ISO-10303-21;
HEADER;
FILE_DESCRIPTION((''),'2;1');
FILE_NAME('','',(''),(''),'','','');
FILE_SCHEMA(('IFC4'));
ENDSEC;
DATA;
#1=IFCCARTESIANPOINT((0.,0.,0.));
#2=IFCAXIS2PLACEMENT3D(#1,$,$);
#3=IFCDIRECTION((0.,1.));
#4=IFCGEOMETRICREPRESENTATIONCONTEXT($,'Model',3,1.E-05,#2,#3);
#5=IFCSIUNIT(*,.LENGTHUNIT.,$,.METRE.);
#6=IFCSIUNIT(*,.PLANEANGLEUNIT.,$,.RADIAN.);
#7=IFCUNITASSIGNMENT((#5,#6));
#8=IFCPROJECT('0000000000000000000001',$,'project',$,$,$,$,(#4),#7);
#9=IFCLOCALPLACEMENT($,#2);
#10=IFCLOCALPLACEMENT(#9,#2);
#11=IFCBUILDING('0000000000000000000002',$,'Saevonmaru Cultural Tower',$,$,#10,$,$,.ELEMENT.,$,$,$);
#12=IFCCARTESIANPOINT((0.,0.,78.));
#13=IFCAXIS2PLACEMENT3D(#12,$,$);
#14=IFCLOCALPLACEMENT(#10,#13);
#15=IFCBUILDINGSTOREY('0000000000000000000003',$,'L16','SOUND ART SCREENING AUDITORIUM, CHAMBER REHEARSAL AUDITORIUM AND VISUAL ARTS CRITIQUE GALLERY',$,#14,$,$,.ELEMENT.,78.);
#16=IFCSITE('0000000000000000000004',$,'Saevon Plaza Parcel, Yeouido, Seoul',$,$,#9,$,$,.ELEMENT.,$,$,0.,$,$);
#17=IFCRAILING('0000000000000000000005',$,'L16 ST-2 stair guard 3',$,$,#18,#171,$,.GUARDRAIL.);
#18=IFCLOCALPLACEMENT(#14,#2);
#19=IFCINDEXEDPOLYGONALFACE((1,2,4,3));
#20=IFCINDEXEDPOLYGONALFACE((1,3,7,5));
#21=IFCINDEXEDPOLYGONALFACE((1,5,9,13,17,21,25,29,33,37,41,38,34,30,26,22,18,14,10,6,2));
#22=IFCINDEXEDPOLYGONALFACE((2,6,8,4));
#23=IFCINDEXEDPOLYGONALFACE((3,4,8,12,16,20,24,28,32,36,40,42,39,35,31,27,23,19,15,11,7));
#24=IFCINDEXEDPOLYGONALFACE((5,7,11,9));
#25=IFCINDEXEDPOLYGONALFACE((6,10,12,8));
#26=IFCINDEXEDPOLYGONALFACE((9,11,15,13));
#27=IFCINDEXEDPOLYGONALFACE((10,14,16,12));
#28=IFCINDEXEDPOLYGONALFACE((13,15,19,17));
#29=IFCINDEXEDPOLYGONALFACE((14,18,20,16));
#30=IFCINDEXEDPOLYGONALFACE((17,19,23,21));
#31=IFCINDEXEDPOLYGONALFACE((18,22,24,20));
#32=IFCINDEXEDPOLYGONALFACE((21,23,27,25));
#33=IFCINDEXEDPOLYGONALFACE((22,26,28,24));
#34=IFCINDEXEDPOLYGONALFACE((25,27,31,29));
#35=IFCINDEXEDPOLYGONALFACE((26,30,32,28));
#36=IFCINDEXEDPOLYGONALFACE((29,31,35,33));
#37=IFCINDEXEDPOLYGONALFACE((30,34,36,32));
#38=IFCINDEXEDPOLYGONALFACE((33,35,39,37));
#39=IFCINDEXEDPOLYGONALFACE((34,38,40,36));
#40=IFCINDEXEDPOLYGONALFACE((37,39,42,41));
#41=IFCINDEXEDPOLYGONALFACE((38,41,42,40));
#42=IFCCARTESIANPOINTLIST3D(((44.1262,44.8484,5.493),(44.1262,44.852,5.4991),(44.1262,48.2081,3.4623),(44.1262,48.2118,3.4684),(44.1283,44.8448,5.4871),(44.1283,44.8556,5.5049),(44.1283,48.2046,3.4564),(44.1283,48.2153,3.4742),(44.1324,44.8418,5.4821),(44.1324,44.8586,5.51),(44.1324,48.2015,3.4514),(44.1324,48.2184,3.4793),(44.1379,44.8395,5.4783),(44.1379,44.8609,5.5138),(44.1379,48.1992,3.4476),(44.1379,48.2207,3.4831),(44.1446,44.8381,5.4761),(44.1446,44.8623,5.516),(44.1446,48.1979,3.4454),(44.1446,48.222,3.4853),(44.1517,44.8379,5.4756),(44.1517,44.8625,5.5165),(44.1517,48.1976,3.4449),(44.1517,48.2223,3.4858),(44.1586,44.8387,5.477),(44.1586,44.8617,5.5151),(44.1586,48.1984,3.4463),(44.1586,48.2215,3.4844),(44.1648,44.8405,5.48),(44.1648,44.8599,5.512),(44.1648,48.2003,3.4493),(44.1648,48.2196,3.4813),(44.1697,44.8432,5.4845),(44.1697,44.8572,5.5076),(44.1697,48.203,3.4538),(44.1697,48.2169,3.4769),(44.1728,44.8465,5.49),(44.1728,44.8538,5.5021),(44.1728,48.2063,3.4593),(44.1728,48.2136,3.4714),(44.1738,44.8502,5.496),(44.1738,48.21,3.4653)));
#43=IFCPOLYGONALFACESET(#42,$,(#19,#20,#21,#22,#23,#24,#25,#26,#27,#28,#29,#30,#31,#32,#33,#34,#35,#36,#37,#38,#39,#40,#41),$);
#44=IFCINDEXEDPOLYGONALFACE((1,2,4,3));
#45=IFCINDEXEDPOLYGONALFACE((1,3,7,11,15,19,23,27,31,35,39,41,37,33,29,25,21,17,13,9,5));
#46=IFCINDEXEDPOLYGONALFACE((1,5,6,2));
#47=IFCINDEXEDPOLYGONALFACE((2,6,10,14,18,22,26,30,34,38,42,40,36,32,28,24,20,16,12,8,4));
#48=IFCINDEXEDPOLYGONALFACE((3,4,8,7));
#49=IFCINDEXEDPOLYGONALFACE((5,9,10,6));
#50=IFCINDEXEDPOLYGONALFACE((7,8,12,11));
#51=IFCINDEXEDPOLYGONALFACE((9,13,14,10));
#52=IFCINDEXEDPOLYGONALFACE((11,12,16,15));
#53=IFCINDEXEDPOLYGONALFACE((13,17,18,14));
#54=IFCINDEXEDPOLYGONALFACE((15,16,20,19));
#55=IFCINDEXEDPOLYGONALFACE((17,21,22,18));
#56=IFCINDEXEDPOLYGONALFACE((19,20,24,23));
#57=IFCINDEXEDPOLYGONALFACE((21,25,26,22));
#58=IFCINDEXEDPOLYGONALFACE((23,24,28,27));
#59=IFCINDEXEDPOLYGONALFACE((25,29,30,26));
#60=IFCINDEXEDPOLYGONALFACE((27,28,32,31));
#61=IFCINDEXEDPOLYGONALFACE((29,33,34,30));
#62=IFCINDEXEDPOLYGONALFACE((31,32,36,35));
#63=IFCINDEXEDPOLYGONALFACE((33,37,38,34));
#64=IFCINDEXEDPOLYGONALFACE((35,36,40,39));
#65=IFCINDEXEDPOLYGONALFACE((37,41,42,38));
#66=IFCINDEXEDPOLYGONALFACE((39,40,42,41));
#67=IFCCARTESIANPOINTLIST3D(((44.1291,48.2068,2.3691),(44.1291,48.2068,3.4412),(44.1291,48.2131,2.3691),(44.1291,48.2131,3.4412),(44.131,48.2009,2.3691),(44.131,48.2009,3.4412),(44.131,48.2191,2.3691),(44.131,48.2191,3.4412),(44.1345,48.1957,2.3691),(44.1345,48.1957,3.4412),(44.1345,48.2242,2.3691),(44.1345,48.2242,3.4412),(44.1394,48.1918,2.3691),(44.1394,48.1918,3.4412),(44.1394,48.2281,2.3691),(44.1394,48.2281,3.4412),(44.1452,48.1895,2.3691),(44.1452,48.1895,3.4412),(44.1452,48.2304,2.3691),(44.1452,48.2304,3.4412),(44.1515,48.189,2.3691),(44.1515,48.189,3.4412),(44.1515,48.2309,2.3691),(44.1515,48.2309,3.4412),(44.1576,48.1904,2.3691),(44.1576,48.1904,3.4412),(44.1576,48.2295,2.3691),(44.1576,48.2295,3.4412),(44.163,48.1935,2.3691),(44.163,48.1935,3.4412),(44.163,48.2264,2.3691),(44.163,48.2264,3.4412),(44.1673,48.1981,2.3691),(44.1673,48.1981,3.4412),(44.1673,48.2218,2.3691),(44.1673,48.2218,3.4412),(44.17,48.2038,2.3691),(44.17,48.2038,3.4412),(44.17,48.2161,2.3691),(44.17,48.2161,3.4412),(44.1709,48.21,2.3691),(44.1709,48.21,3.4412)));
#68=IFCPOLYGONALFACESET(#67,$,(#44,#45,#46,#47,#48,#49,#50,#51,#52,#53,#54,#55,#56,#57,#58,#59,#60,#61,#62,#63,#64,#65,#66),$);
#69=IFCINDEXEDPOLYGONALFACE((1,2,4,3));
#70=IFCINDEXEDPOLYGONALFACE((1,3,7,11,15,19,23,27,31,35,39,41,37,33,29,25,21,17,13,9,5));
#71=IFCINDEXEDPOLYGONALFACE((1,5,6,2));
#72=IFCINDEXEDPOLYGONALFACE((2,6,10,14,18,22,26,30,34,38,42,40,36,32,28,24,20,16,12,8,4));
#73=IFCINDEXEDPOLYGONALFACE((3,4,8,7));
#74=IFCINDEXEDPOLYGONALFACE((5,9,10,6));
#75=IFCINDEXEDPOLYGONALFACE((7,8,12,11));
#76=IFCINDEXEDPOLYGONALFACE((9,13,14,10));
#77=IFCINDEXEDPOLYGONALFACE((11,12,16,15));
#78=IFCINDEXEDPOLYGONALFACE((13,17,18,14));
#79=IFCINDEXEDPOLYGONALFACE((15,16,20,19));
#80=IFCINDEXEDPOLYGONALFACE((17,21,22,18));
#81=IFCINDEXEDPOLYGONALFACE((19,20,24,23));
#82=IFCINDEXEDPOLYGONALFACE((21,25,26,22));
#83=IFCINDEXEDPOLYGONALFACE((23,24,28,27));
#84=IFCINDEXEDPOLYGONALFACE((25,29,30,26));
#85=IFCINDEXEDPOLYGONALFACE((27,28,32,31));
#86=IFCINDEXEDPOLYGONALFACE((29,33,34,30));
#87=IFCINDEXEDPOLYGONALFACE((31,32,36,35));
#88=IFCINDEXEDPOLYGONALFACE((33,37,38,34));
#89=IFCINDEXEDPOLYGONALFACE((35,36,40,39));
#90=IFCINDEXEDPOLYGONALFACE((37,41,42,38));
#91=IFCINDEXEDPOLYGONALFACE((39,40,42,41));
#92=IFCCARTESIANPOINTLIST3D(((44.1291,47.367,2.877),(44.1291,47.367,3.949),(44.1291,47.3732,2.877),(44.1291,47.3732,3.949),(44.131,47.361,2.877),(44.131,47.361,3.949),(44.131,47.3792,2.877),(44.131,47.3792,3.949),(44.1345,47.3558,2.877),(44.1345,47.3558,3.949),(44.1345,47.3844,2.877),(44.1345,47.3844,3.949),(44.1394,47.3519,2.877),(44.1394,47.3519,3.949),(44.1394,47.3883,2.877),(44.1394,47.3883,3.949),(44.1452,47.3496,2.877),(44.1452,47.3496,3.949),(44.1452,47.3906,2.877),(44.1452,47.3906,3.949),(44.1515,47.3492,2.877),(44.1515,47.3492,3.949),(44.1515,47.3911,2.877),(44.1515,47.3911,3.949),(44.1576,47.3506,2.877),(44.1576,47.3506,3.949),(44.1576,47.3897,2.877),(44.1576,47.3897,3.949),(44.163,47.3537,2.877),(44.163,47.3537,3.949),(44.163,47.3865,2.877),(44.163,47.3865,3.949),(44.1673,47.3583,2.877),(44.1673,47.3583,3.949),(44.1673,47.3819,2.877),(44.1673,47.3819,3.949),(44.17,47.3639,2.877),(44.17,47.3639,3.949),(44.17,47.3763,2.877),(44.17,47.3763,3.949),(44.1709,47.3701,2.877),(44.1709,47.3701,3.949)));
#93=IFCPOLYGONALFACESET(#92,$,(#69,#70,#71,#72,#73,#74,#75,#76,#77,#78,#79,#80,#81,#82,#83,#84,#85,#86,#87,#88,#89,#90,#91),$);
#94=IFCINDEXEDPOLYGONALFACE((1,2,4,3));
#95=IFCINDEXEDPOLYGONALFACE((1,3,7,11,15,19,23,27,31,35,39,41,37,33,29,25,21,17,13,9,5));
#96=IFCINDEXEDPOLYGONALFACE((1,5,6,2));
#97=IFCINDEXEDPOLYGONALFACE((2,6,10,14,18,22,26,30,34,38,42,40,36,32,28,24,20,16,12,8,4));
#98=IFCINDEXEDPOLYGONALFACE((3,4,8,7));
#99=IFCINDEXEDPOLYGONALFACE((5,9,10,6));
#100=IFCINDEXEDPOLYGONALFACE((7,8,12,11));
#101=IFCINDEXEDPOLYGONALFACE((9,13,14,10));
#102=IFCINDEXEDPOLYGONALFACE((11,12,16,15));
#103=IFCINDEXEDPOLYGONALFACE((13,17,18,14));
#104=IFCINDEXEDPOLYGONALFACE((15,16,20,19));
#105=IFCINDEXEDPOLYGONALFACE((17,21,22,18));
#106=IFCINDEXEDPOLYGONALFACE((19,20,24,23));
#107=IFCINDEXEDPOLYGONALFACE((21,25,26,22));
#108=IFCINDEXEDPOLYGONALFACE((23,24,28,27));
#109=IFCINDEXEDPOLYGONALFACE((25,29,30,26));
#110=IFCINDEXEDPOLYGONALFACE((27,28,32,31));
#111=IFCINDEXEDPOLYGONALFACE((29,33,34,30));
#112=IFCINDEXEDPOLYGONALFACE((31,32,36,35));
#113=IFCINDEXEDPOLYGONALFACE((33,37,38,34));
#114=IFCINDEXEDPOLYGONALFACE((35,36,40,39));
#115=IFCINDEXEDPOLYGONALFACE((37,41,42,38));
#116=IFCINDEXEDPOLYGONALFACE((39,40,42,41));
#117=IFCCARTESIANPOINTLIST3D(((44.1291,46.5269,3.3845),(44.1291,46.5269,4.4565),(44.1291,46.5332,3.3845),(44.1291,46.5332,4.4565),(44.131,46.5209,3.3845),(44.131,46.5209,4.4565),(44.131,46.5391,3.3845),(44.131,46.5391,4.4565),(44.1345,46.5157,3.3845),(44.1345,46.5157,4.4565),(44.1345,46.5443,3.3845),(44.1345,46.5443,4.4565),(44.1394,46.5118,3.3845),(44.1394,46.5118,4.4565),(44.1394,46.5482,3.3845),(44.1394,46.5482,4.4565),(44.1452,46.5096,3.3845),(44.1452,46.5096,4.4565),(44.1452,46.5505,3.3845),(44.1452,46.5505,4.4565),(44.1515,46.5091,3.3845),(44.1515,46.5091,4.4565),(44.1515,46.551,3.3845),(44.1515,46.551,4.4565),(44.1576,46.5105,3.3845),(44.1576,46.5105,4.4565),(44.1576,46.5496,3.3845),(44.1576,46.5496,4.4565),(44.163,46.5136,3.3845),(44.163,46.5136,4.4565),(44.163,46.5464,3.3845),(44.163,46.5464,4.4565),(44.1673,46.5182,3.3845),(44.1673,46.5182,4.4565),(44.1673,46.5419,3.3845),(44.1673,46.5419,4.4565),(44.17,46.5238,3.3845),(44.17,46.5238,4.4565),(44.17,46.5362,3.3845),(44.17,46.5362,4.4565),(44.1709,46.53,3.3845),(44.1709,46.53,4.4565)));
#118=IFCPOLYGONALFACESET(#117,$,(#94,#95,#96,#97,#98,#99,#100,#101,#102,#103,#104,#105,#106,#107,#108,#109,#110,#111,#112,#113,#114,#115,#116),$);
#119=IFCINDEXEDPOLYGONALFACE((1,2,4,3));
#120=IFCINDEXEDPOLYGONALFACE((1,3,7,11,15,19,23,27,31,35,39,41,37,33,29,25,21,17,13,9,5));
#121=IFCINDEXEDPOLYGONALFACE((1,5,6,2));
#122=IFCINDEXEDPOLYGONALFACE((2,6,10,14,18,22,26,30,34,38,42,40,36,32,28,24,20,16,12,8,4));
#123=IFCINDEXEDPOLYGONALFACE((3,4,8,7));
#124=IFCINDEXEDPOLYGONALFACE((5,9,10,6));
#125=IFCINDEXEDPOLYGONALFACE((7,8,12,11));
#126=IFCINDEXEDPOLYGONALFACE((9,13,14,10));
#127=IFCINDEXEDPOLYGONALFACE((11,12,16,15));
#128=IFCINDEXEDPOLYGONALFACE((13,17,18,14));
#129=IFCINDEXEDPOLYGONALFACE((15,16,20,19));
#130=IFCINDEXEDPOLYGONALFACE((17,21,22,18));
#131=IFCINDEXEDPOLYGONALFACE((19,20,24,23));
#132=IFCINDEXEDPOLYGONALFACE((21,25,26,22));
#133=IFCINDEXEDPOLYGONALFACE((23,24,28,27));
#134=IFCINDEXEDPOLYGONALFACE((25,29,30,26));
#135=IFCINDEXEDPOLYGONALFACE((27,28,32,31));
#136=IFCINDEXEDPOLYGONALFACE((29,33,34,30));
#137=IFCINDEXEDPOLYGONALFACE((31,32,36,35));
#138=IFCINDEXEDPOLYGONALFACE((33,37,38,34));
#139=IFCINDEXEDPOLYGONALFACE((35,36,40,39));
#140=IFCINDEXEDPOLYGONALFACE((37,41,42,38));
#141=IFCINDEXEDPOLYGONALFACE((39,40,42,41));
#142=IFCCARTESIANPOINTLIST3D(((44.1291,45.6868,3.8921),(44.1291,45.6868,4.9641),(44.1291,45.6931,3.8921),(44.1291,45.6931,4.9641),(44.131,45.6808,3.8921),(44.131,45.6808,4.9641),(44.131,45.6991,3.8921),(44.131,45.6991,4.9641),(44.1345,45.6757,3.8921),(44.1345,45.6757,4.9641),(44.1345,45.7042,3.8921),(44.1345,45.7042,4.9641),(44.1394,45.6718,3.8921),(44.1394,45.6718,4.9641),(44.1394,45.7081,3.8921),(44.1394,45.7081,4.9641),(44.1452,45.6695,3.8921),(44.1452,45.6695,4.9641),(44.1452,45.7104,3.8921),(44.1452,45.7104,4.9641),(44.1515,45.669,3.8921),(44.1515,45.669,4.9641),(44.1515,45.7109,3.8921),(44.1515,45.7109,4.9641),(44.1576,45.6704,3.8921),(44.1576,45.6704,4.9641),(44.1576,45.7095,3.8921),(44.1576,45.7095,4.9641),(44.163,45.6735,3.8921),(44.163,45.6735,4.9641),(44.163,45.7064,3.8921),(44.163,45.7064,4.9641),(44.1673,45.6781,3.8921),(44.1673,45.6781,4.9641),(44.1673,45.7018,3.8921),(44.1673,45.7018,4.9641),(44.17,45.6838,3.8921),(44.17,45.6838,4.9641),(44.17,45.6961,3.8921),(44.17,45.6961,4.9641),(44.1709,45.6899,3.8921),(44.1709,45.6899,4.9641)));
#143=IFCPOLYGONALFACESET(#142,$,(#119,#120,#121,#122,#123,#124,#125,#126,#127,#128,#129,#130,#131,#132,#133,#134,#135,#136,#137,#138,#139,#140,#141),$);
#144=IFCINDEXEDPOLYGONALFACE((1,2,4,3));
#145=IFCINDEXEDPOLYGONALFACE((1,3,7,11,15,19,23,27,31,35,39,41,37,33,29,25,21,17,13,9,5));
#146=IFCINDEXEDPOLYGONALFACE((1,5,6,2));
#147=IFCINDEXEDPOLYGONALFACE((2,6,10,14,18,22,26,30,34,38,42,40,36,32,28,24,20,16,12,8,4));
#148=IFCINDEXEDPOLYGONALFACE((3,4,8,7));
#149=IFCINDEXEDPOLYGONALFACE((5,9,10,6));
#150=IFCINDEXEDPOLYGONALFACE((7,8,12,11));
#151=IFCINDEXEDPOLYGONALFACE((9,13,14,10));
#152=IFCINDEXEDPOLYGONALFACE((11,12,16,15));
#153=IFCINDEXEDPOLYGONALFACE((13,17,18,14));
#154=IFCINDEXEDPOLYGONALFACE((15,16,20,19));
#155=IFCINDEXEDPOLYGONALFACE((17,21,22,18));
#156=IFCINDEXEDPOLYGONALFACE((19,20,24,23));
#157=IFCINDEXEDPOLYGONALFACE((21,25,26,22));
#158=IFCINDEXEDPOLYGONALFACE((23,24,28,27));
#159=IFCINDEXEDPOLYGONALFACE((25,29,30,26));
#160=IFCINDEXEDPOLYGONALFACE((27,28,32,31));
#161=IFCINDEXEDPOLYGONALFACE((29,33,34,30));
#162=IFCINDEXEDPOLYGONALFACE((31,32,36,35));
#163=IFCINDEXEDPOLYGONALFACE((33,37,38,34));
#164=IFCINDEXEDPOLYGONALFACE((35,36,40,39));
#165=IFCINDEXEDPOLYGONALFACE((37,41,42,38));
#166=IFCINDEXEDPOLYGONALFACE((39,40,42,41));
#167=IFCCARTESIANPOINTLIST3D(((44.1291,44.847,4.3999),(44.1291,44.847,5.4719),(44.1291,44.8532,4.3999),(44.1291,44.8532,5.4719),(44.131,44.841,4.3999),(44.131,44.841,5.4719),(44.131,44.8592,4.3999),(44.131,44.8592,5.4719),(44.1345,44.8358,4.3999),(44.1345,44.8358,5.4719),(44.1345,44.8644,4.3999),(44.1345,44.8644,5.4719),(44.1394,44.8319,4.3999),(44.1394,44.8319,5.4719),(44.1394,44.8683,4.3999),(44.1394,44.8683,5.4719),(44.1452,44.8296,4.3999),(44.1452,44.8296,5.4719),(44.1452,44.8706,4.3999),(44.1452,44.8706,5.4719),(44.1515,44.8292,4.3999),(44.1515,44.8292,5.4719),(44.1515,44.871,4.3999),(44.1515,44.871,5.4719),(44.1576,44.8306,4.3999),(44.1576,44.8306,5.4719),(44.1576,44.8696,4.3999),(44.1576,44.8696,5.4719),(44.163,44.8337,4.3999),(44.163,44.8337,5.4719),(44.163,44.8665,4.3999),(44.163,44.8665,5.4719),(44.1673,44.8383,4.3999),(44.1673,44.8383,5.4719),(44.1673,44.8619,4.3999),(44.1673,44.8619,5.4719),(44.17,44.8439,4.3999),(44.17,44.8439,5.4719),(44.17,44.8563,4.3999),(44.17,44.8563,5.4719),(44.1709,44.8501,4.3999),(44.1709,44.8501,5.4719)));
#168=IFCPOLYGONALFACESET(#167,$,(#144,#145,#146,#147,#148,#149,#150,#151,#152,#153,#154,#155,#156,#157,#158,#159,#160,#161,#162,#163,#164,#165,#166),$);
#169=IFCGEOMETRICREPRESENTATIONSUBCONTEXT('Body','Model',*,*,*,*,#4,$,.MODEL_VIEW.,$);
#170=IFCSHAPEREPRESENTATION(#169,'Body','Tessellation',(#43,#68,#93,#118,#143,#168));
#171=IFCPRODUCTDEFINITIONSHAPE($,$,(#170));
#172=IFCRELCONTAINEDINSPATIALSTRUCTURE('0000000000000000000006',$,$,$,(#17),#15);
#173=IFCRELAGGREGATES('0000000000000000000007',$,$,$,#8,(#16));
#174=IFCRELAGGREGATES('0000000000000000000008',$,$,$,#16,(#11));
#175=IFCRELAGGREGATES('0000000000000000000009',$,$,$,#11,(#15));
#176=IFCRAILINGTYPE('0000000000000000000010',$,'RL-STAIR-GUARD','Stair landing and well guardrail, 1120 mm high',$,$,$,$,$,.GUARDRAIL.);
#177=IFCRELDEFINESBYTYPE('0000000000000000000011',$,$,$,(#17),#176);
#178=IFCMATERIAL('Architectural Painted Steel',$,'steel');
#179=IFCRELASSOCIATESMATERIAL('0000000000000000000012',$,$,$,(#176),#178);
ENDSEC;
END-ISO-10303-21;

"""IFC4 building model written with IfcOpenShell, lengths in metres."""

from ifc_helpers import new_model, si_unit, direction, frame, origin, origin_2d, place, context, subcontext, project, spatial, circle, extrude, material, type_object, element, save


model = new_model("IFC4")

# Units and contexts
model_context = context("Model", 3, precision=1e-05, world=origin(), true_north=direction((0.0, 1.0)))
body_context = subcontext(model_context, "Body", "Model", "MODEL_VIEW")
ifc_project = project(units=[si_unit("LENGTHUNIT", "METRE"), si_unit("PLANEANGLEUNIT", "RADIAN")], contexts=[model_context])

# Site, building, storey
site_placement = place(None, origin())
site = spatial("IfcSite", under=ifc_project, at=site_placement, Name="Saevon Plaza Parcel, Yeouido, Seoul", CompositionType="ELEMENT", RefElevation=0.0)
building_placement = place(site_placement, origin())
building = spatial("IfcBuilding", under=site, at=building_placement, Name="Saevonmaru Cultural Tower", CompositionType="ELEMENT")
storey_placement = place(building_placement, frame((0.0, 0.0, 78.0)))
storey = spatial("IfcBuildingStorey", under=building, at=storey_placement, Name="L16", Description="SOUND ART SCREENING AUDITORIUM, CHAMBER REHEARSAL AUDITORIUM AND VISUAL ARTS CRITIQUE GALLERY", CompositionType="ELEMENT", Elevation=78.0)

# Railing
ifc_material_1 = material(Name="Architectural Painted Steel", Category="steel")
railing_type = type_object("IfcRailingType", Name="RL-STAIR-GUARD", Description="Stair landing and well guardrail, 1120 mm high", PredefinedType="GUARDRAIL", material=ifc_material_1)
railing_1_placement = place(storey_placement, frame((44.1499, 48.21, 2.3691)))
element("IfcRailing", 1, at=railing_1_placement, inside=storey, type_object=railing_type, Name="L16 ST-2 stair guard 3", PredefinedType="GUARDRAIL", context=body_context, shape_type="SweptSolid", body=[
    extrude(circle(Radius=0.0239, at=origin_2d()), frame((0.0, 0.0, 1.0962), z_axis=(0.0, -0.85582, 0.517273), x_axis=(1.0, 0.0, 0.0)), (0.0, 0.0, 1.0), 3.9258),
    extrude(circle(Radius=0.021, at=origin_2d()), origin(), (0.0, 0.0, 1.0), 1.072),
    extrude(circle(Radius=0.021, at=origin_2d()), frame((0.0, -0.8398, 0.5078)), (0.0, 0.0, 1.0), 1.072),
    extrude(circle(Radius=0.021, at=origin_2d()), frame((0.0, -1.6799, 1.0154)), (0.0, 0.0, 1.0), 1.072),
    extrude(circle(Radius=0.021, at=origin_2d()), frame((0.0, -2.52, 1.5229)), (0.0, 0.0, 1.0), 1.072),
    extrude(circle(Radius=0.021, at=origin_2d()), frame((0.0, -3.3599, 2.0308)), (0.0, 0.0, 1.0), 1.072),
])

save(model, "model.ifc")
